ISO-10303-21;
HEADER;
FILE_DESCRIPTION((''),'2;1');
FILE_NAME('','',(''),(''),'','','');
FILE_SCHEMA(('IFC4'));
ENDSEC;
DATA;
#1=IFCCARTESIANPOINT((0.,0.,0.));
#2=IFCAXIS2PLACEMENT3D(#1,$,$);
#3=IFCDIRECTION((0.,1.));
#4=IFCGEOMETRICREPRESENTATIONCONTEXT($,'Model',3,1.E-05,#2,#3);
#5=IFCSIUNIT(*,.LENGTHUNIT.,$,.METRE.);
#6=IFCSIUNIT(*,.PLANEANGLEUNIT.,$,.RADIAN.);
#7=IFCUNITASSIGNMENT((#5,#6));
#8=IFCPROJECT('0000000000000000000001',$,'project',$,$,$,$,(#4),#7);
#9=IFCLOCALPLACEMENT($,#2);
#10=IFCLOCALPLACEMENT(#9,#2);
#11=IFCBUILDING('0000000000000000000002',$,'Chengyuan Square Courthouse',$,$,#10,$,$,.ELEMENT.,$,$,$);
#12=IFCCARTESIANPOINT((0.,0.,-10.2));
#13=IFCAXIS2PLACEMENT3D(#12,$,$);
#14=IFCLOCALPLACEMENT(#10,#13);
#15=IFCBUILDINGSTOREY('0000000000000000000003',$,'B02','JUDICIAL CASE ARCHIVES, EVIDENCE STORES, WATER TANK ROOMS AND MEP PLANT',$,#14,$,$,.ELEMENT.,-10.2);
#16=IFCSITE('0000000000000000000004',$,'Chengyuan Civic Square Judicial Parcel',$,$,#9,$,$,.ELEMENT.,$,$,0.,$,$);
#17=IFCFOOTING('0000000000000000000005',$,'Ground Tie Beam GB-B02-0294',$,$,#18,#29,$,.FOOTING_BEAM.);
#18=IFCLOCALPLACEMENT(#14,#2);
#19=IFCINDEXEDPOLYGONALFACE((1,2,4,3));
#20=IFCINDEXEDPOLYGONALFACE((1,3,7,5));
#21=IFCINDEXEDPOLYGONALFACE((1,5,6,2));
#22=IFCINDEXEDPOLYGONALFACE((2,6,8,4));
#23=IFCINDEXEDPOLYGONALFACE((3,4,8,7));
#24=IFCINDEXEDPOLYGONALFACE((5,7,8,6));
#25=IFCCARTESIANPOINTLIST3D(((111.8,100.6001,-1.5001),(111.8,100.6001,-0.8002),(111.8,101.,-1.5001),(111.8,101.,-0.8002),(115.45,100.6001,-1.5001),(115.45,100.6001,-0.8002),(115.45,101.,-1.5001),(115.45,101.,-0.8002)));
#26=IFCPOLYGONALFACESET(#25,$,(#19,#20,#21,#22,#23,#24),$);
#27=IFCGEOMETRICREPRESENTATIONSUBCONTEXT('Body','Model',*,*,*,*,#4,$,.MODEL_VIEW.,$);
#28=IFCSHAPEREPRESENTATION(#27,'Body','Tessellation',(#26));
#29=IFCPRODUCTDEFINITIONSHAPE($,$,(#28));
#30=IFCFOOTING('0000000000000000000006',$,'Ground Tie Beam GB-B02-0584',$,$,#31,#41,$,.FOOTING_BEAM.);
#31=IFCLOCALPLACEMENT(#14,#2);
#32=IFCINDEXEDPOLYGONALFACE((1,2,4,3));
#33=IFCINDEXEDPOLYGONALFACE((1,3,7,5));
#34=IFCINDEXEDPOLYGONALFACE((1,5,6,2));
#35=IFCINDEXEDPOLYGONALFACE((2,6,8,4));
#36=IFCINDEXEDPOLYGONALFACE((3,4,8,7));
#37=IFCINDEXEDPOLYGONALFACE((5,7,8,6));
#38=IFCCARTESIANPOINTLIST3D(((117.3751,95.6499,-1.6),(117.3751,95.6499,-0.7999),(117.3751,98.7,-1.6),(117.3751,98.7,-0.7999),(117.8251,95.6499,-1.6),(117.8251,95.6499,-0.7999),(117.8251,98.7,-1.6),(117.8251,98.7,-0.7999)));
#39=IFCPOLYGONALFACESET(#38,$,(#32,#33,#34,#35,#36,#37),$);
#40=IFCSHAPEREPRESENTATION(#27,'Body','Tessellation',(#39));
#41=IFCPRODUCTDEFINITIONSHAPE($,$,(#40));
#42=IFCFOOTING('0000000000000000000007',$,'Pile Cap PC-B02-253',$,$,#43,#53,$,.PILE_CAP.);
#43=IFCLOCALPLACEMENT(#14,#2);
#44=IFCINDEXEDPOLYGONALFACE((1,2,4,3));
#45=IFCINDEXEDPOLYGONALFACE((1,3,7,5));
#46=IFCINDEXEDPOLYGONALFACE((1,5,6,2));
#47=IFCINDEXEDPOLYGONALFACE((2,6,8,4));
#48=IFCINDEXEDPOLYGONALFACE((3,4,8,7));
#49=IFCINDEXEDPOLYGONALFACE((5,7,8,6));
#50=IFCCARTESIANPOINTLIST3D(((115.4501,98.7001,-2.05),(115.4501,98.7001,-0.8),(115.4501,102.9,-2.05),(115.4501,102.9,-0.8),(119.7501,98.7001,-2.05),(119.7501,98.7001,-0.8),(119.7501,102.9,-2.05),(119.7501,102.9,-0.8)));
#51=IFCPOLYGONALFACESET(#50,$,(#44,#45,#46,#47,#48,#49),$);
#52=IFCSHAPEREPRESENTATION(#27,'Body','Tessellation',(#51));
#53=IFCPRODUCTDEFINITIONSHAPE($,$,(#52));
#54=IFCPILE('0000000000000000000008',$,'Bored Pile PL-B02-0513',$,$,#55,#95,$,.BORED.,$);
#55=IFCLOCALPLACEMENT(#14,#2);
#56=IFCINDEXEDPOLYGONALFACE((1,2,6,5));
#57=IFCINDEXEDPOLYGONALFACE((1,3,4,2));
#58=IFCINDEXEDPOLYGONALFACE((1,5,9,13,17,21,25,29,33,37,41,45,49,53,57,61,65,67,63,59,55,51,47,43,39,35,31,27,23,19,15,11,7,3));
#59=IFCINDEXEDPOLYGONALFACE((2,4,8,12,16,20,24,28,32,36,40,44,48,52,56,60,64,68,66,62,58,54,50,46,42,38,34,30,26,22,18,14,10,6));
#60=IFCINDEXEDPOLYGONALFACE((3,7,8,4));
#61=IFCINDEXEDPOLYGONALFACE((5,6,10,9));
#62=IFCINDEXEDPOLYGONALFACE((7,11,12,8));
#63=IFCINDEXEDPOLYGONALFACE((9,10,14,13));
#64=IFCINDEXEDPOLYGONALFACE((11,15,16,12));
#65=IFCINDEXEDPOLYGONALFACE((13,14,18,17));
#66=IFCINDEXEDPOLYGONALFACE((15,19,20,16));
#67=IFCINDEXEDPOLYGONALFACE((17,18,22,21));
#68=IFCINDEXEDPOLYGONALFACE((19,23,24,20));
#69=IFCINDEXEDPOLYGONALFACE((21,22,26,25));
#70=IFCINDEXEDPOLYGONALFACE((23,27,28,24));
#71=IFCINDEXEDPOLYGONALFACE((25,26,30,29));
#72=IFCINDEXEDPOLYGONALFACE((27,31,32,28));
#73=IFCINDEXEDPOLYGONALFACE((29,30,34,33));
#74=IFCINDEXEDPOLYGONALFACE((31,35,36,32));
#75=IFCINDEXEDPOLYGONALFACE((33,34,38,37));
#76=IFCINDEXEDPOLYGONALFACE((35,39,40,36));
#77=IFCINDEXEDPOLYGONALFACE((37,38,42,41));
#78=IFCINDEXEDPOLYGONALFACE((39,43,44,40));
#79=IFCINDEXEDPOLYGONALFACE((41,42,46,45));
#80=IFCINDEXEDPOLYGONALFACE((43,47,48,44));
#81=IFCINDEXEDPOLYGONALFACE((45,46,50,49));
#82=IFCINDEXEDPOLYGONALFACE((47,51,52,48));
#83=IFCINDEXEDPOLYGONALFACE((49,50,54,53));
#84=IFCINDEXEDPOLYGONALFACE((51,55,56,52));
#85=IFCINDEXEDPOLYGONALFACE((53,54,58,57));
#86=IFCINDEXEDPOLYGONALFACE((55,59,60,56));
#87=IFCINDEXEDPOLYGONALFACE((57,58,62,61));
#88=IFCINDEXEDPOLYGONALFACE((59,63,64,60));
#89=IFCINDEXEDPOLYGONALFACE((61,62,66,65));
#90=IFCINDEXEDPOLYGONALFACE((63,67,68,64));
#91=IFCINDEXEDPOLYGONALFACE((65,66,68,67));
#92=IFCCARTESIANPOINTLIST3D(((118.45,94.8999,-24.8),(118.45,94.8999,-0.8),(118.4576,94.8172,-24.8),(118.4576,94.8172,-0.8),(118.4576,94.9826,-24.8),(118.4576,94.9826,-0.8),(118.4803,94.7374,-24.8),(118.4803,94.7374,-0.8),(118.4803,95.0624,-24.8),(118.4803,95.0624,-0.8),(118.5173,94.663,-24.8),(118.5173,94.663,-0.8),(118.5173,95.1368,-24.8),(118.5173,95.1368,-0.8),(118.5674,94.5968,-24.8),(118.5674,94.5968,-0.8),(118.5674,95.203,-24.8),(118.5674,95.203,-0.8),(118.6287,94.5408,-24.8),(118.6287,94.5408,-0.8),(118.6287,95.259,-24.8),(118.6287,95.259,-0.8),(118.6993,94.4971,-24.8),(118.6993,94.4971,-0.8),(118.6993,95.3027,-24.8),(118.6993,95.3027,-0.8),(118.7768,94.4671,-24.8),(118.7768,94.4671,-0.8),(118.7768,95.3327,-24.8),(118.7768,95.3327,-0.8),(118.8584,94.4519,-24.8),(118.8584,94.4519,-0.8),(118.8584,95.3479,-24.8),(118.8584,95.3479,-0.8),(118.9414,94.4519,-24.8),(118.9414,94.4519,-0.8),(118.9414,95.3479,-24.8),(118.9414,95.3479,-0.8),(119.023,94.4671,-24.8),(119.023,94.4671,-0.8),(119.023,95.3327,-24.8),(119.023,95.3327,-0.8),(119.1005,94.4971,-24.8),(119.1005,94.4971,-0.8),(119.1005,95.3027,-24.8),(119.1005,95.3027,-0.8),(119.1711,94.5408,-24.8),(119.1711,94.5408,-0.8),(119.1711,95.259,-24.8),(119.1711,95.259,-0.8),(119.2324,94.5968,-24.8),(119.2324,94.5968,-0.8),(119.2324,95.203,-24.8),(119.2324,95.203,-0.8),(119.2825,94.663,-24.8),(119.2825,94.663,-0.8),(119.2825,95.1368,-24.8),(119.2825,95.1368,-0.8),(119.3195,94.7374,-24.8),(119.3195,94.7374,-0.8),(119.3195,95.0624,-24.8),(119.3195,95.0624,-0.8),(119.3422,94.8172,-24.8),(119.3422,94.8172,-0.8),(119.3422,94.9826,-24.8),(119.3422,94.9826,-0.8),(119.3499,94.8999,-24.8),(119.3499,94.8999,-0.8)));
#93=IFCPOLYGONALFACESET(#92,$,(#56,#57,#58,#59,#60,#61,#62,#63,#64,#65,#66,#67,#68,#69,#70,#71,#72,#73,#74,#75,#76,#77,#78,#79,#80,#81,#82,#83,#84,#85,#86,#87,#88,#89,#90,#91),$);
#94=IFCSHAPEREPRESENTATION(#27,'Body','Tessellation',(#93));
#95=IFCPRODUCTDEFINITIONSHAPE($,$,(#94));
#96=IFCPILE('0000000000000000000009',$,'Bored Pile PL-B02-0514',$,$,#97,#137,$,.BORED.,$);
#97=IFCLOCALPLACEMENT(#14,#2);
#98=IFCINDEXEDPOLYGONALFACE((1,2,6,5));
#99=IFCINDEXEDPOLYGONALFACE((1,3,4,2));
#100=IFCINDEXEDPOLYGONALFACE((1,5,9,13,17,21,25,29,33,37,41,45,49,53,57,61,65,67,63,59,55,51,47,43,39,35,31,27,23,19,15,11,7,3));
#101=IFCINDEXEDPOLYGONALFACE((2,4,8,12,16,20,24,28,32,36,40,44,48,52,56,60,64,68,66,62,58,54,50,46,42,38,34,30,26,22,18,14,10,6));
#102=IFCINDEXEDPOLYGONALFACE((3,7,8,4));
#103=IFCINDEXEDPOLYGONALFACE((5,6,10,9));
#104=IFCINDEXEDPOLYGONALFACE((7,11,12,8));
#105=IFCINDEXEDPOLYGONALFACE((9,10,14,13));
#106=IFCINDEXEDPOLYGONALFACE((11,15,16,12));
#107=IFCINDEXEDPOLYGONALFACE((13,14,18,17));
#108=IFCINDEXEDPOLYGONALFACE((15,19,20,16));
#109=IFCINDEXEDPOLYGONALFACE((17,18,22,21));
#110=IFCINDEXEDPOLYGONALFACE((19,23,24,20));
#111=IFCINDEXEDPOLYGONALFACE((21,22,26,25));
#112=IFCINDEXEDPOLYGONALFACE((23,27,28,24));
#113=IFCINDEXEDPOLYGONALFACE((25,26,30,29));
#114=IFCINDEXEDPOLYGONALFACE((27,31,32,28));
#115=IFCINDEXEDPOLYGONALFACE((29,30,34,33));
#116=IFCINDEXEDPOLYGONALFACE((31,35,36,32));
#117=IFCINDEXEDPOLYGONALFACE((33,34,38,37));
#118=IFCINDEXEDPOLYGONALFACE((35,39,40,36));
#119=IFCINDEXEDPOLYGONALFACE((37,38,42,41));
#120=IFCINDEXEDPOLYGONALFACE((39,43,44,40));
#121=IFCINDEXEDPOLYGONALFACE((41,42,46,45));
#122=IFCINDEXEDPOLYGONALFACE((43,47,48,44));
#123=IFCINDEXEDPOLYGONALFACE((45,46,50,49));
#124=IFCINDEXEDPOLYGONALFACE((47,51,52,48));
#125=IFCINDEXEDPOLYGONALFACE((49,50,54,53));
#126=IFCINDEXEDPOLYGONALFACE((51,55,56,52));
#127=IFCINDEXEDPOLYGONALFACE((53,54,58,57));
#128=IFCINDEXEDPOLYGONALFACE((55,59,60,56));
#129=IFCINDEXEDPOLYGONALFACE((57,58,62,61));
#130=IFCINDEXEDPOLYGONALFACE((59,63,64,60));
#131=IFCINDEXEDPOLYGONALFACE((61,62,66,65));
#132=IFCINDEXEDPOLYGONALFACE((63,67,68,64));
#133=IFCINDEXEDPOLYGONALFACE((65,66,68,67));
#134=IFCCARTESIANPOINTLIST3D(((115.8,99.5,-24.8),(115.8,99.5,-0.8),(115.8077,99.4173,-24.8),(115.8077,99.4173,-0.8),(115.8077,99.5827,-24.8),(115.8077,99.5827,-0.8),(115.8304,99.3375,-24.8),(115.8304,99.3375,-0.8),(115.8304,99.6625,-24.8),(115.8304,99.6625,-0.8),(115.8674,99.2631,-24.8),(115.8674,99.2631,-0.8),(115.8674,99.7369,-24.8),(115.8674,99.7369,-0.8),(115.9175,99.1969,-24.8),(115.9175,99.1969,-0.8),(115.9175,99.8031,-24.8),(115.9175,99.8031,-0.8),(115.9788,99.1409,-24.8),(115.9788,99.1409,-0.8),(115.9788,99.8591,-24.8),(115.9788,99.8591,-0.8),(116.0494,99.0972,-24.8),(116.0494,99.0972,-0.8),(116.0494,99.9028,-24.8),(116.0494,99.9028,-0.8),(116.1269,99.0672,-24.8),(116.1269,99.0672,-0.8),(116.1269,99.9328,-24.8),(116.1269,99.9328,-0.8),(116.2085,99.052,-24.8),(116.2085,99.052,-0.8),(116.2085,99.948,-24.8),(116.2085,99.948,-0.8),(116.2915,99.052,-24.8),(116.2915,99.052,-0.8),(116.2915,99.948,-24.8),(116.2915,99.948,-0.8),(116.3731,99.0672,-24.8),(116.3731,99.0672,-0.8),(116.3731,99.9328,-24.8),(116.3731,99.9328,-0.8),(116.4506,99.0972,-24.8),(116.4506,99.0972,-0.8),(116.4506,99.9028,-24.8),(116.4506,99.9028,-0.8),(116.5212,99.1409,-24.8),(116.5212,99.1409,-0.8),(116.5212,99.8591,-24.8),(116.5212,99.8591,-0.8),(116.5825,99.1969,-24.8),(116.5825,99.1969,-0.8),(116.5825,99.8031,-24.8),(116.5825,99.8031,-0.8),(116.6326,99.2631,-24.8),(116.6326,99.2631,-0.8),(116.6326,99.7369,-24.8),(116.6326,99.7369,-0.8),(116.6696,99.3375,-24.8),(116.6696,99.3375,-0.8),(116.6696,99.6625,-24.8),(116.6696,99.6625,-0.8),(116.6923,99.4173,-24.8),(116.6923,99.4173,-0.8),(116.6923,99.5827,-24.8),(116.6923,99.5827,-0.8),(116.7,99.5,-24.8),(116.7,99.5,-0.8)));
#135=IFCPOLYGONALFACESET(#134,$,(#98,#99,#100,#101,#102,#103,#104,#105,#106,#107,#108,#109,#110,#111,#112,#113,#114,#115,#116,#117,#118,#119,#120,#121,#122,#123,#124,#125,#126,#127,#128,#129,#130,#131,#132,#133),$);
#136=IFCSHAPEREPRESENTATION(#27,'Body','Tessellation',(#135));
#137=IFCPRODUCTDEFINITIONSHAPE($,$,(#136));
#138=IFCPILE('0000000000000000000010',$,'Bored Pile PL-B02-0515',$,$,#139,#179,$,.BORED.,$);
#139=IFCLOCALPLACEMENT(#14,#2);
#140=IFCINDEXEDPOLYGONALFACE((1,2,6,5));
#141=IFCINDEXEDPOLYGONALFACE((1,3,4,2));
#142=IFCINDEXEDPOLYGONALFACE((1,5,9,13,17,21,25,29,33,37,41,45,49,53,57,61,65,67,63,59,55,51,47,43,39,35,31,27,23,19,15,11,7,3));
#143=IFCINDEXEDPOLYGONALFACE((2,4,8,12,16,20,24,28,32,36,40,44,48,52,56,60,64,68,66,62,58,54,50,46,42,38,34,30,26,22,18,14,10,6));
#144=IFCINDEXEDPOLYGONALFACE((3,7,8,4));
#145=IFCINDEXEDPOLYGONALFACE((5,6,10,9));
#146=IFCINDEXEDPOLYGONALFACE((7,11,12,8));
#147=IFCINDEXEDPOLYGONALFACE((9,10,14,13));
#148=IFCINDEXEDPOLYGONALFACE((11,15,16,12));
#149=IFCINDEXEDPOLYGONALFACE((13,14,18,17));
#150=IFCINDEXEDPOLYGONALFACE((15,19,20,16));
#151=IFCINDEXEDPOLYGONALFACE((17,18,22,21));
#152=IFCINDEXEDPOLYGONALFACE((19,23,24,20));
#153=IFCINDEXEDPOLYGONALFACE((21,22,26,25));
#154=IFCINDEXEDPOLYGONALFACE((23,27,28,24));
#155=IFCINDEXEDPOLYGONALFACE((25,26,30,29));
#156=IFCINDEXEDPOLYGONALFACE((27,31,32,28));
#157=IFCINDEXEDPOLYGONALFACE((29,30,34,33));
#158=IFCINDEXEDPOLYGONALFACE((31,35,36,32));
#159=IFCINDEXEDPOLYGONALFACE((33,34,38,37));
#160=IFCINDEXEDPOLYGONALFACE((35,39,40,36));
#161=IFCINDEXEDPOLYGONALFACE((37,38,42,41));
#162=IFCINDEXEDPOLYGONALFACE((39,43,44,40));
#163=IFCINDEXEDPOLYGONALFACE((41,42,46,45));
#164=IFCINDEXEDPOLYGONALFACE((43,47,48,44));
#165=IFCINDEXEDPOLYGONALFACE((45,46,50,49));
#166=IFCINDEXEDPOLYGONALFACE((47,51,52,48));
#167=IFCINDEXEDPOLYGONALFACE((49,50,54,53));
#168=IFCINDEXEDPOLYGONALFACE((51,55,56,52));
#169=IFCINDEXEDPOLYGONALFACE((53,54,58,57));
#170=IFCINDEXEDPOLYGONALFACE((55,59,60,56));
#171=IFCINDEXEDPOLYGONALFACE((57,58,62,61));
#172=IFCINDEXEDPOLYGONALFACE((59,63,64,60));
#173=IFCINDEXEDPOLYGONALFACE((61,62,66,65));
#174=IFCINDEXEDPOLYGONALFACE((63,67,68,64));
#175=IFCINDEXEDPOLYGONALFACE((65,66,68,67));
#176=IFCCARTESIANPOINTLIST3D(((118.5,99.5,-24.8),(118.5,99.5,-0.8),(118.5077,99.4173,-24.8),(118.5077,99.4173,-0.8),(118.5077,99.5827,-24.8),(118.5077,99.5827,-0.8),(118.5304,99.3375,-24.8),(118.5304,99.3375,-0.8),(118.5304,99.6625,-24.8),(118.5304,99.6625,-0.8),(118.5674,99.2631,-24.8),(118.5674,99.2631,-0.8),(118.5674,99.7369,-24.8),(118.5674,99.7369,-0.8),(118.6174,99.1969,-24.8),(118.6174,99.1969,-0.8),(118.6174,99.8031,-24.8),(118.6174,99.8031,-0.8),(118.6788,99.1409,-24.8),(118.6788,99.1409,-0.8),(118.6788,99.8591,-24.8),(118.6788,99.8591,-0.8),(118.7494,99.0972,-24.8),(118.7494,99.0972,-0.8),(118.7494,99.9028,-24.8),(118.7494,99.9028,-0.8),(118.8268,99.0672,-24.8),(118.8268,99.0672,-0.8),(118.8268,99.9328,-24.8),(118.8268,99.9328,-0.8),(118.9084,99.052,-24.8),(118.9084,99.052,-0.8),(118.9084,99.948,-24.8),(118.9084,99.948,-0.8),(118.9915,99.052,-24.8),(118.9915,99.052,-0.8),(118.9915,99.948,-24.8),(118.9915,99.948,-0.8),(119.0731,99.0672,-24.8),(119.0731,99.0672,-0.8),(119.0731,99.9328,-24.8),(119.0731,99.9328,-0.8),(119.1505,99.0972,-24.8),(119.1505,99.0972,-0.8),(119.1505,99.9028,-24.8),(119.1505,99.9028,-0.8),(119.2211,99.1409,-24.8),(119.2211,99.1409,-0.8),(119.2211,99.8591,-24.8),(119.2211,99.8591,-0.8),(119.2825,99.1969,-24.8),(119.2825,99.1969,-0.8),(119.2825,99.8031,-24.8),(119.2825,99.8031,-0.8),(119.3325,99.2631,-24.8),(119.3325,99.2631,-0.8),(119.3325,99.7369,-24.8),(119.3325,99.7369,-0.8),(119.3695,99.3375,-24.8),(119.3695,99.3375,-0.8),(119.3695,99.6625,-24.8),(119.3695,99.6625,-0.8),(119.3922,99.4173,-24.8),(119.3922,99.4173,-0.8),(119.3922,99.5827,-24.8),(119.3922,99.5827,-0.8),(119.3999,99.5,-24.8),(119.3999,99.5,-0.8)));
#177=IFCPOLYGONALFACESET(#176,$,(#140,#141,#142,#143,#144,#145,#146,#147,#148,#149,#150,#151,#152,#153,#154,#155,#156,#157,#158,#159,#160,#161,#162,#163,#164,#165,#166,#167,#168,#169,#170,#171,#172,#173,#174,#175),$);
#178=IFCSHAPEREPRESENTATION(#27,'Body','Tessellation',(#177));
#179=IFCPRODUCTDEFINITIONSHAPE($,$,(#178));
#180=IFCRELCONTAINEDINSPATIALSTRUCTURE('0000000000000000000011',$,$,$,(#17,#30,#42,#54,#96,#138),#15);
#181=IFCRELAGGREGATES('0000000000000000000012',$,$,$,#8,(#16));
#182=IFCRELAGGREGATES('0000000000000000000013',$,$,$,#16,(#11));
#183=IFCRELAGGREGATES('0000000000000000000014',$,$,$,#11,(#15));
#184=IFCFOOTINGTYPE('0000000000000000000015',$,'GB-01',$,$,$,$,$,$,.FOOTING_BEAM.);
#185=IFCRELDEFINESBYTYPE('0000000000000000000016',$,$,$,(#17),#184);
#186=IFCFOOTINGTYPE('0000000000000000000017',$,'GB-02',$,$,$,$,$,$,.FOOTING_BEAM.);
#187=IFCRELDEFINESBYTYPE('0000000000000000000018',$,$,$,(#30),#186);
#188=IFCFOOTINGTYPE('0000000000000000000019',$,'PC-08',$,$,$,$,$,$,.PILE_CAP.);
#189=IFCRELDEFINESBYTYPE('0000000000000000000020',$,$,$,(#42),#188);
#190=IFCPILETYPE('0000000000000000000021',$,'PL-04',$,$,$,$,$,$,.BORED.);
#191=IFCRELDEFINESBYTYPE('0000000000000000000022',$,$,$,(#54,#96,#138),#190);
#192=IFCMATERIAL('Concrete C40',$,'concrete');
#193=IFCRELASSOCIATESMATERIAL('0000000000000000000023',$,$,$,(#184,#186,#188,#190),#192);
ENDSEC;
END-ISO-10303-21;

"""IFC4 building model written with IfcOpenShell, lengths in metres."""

from ifc_helpers import new_model, si_unit, direction, frame, origin, origin_2d, place, context, subcontext, project, spatial, rectangle, circle, extrude, material, material_profile, profile_set, type_object, element, save


model = new_model("IFC4")

# Units and contexts
model_context = context("Model", 3, precision=1e-05, world=origin(), true_north=direction((0.0, 1.0)))
body_context = subcontext(model_context, "Body", "Model", "MODEL_VIEW")
ifc_project = project(units=[si_unit("LENGTHUNIT", "METRE"), si_unit("PLANEANGLEUNIT", "RADIAN")], contexts=[model_context])

# Site, building, storey
site_placement = place(None, origin())
site = spatial("IfcSite", under=ifc_project, at=site_placement, Name="Chengyuan Civic Square Judicial Parcel", CompositionType="ELEMENT", RefElevation=0.0)
building_placement = place(site_placement, origin())
building = spatial("IfcBuilding", under=site, at=building_placement, Name="Chengyuan Square Courthouse", CompositionType="ELEMENT")
storey_placement = place(building_placement, frame((0.0, 0.0, -10.2)))
storey = spatial("IfcBuildingStorey", under=building, at=storey_placement, Name="B02", Description="JUDICIAL CASE ARCHIVES, EVIDENCE STORES, WATER TANK ROOMS AND MEP PLANT", CompositionType="ELEMENT", Elevation=-10.2)

# Footings
ifc_material_1 = material(Name="Concrete C40", Category="concrete")
ifc_material_profile_1 = material_profile(ifc_material_1, rectangle(XDim=0.3999, YDim=0.7, at=origin_2d()), Name="GB-400x700")
ifc_profile_set_1 = profile_set([ifc_material_profile_1], Name="Concrete C40")
footing_type_1 = type_object("IfcFootingType", Name="GB-01", PredefinedType="FOOTING_BEAM", material=ifc_profile_set_1)
footing_1_placement = place(storey_placement, frame((111.8, 100.8, -1.1501), z_axis=(1.0, 0.0, 0.0), x_axis=(0.0, 1.0, 0.0)))
element("IfcFooting", 1, at=footing_1_placement, inside=storey, type_object=footing_type_1, Name="Ground Tie Beam GB-B02-0294", PredefinedType="FOOTING_BEAM", context=body_context, shape_type="SweptSolid", body=[
    extrude(rectangle(XDim=0.3999, YDim=0.7, at=origin_2d()), origin(), (0.0, 0.0, 1.0), 3.6499),
])
ifc_material_profile_2 = material_profile(ifc_material_1, rectangle(XDim=0.45, YDim=0.8, at=origin_2d()), Name="GB-450x800")
ifc_profile_set_2 = profile_set([ifc_material_profile_2], Name="Concrete C40")
footing_type_2 = type_object("IfcFootingType", Name="GB-02", PredefinedType="FOOTING_BEAM", material=ifc_profile_set_2)
footing_2_placement = place(storey_placement, frame((117.6001, 95.6499, -1.2), z_axis=(0.0, 1.0, 0.0), x_axis=(-1.0, 0.0, 0.0)))
element("IfcFooting", 2, at=footing_2_placement, inside=storey, type_object=footing_type_2, Name="Ground Tie Beam GB-B02-0584", PredefinedType="FOOTING_BEAM", context=body_context, shape_type="SweptSolid", body=[
    extrude(rectangle(XDim=0.45, YDim=0.8, at=origin_2d()), origin(), (0.0, 0.0, 1.0), 3.05),
])
footing_type_3 = type_object("IfcFootingType", Name="PC-08", PredefinedType="PILE_CAP", material=ifc_material_1)
footing_3_placement = place(storey_placement, frame((117.6001, 100.8, -2.05), z_axis=(0.0, 0.0, 1.0), x_axis=(1.0, 0.0, 0.0)))
element("IfcFooting", 3, at=footing_3_placement, inside=storey, type_object=footing_type_3, Name="Pile Cap PC-B02-253", PredefinedType="PILE_CAP", context=body_context, shape_type="SweptSolid", body=[
    extrude(rectangle(XDim=4.3, YDim=4.2, at=origin_2d()), origin(), (0.0, 0.0, 1.0), 1.25),
])

# Piles
ifc_material_profile_3 = material_profile(ifc_material_1, circle(Radius=0.45, at=origin_2d()), Name="BORED PILE D900")
ifc_profile_set_3 = profile_set([ifc_material_profile_3], Name="Concrete C40")
pile_type_1 = type_object("IfcPileType", Name="PL-04", PredefinedType="BORED", material=ifc_profile_set_3)
for number, where, z_axis, x_axis, name in (
    (4, (118.8999, 94.8999, -0.8), (0.0, 0.0, -1.0), (1.0, 0.0, 0.0), "Bored Pile PL-B02-0513"),
    (5, (116.25, 99.5, -0.8), (0.0, 0.0, -1.0), (1.0, 0.0, 0.0), "Bored Pile PL-B02-0514"),
    (6, (118.95, 99.5, -0.8), (0.0, 0.0, -1.0), (1.0, 0.0, 0.0), "Bored Pile PL-B02-0515"),
):
    element("IfcPile", number, at=place(storey_placement, frame(where, z_axis=z_axis, x_axis=x_axis)), inside=storey, type_object=pile_type_1, Name=name, PredefinedType="BORED", context=body_context, shape_type="SweptSolid", body=[
        extrude(circle(Radius=0.45, at=origin_2d()), origin(), (0.0, 0.0, 1.0), 24.0),
    ])

save(model, "model.ifc")
